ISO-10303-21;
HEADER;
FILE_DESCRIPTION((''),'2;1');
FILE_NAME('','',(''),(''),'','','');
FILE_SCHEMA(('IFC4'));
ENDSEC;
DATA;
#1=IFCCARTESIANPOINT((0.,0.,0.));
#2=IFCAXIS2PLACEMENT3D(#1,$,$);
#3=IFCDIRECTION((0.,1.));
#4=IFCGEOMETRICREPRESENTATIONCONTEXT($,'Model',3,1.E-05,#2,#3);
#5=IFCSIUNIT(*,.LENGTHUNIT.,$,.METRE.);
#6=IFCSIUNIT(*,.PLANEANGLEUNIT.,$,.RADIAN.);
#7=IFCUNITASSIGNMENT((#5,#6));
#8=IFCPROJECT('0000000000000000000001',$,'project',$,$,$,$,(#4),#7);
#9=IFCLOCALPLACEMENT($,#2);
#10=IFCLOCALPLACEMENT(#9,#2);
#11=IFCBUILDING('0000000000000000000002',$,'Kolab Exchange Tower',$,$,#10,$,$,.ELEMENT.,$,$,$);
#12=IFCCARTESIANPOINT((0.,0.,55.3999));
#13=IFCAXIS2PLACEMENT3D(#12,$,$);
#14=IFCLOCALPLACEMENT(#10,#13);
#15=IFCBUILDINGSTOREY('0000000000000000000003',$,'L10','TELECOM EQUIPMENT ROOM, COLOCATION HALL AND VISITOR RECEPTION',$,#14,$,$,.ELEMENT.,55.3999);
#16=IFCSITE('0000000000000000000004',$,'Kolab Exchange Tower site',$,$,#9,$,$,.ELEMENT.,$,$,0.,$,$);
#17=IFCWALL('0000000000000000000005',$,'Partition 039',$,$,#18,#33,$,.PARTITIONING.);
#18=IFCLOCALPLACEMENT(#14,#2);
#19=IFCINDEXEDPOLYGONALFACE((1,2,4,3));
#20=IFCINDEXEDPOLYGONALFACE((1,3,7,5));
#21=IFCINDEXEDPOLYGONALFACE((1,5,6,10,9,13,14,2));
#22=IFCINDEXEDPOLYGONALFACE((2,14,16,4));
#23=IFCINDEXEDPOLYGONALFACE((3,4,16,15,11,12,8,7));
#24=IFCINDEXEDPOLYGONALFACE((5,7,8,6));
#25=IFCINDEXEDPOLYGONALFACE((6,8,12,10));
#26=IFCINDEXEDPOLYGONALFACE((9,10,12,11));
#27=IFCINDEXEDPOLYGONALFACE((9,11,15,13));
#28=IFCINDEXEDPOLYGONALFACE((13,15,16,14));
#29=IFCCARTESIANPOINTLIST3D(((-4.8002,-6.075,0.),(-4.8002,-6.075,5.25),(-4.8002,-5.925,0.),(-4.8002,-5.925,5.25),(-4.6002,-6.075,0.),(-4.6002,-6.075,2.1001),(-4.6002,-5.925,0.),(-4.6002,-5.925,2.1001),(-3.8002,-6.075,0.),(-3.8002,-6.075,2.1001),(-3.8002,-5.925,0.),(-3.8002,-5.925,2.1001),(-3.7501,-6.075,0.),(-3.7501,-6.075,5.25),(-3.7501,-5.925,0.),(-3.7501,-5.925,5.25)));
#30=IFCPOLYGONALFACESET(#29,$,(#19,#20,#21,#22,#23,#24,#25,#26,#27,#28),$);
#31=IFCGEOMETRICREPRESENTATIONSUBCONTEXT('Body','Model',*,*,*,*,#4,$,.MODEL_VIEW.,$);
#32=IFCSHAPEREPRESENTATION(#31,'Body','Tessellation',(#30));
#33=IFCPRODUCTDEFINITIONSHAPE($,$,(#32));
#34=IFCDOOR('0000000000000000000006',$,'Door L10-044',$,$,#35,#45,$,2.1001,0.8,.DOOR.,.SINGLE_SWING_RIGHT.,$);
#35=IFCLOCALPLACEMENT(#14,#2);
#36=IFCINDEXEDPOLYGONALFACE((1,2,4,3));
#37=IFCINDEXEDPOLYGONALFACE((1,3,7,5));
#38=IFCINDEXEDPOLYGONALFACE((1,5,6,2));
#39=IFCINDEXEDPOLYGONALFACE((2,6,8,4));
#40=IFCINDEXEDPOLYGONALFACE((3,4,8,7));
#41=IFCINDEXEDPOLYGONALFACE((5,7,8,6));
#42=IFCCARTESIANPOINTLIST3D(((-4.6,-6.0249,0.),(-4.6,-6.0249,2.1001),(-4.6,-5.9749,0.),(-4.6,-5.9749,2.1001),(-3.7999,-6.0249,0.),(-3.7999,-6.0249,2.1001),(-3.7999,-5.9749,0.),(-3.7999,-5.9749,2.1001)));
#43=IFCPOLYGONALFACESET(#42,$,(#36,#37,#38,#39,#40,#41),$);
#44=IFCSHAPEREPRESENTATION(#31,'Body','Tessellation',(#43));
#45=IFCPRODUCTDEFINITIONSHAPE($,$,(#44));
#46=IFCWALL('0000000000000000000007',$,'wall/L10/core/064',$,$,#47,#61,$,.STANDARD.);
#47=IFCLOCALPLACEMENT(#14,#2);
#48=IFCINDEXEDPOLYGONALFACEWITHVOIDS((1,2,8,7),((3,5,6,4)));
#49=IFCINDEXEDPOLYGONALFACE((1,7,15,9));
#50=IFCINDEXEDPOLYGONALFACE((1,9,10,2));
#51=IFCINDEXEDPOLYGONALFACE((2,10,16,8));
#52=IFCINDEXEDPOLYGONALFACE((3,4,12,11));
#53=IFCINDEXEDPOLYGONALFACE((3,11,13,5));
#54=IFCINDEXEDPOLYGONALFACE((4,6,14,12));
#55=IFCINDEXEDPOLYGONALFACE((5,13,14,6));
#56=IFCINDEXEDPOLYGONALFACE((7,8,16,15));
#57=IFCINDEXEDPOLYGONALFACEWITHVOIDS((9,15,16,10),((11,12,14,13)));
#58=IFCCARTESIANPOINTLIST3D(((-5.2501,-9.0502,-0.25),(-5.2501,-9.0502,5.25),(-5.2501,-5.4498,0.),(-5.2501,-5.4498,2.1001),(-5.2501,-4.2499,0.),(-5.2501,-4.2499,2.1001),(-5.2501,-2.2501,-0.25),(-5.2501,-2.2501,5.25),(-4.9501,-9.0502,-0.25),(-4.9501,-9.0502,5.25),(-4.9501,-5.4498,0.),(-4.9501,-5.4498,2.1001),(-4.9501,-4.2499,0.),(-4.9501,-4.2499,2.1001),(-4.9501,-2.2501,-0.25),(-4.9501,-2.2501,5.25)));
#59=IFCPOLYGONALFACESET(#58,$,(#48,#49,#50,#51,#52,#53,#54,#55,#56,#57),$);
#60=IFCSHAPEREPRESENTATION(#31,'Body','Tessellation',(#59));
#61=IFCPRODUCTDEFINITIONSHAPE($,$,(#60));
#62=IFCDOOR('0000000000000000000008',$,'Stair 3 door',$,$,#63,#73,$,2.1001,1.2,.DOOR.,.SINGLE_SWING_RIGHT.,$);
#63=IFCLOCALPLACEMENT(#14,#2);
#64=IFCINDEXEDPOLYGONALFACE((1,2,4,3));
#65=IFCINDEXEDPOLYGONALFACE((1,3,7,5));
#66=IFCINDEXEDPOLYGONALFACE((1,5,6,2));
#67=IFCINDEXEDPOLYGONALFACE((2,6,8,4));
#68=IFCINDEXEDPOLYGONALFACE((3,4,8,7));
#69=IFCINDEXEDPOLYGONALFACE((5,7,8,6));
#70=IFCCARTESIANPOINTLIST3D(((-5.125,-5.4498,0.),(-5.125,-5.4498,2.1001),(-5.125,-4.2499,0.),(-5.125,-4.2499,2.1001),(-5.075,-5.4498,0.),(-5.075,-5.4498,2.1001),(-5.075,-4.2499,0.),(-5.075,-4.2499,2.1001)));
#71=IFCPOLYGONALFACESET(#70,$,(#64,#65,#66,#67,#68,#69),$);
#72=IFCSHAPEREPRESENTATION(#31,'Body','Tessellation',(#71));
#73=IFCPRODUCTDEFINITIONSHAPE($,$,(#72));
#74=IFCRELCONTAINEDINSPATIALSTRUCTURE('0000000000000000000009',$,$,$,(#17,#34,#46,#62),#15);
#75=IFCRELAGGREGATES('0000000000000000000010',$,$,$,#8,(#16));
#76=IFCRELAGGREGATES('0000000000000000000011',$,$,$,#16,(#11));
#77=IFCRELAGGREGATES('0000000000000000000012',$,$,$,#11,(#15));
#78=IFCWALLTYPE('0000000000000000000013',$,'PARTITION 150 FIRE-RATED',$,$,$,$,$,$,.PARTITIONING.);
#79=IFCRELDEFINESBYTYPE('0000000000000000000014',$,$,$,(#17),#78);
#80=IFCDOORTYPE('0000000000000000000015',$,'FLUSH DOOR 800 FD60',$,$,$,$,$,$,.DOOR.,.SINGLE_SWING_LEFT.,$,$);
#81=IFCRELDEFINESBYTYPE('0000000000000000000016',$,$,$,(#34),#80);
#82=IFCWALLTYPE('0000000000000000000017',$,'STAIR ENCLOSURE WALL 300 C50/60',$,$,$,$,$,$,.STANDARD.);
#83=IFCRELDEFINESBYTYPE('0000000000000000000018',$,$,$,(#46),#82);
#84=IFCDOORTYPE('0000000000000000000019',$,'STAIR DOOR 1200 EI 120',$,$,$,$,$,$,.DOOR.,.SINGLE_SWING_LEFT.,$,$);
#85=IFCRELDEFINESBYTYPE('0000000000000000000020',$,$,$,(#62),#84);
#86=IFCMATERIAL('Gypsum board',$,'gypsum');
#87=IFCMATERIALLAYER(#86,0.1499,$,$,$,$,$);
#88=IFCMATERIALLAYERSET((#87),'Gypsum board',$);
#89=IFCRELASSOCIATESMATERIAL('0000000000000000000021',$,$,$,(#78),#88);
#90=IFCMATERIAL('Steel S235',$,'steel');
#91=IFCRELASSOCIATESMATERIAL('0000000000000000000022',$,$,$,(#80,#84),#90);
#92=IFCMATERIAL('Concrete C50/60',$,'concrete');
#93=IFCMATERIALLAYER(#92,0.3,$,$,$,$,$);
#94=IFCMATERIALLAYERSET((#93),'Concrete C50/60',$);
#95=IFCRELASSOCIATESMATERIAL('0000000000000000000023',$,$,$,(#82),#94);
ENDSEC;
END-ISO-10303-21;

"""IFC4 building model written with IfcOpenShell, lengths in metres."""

from ifc_helpers import new_model, si_unit, direction, frame, frame_2d, origin, place, context, subcontext, project, spatial, rectangle, extrude, material, layer, layer_set, type_object, element, fill, save


model = new_model("IFC4")

# Units and contexts
model_context = context("Model", 3, precision=1e-05, world=origin(), true_north=direction((0.0, 1.0)))
body_context = subcontext(model_context, "Body", "Model", "MODEL_VIEW")
ifc_project = project(units=[si_unit("LENGTHUNIT", "METRE"), si_unit("PLANEANGLEUNIT", "RADIAN")], contexts=[model_context])

# Site, building, storey
site_placement = place(None, origin())
site = spatial("IfcSite", under=ifc_project, at=site_placement, Name="Kolab Exchange Tower site", CompositionType="ELEMENT", RefElevation=0.0)
building_placement = place(site_placement, origin())
building = spatial("IfcBuilding", under=site, at=building_placement, Name="Kolab Exchange Tower", CompositionType="ELEMENT")
storey_placement = place(building_placement, frame((0.0, 0.0, 55.3999)))
storey = spatial("IfcBuildingStorey", under=building, at=storey_placement, Name="L10", Description="TELECOM EQUIPMENT ROOM, COLOCATION HALL AND VISITOR RECEPTION", CompositionType="ELEMENT", Elevation=55.3999)

# Shared definitions
ifc_material_1 = material(Name="Steel S235", Category="steel")
ifc_material_2 = material(Name="Concrete C50/60", Category="concrete")

# Shared definitions
ifc_material_3 = material(Name="Gypsum board", Category="gypsum")
ifc_layer_1 = layer(ifc_material_3, 0.1499)
ifc_layer_set_1 = layer_set([ifc_layer_1], Name="Gypsum board")
wall_type_1 = type_object("IfcWallType", Name="PARTITION 150 FIRE-RATED", PredefinedType="PARTITIONING", material=ifc_layer_set_1)

# Walls, openings, doors
wall_1_placement = place(storey_placement, frame((-4.8, -6.0, 0.0), z_axis=(0.0, 0.0, 1.0), x_axis=(1.0, 0.0, 0.0)))
wall_1 = element("IfcWall", 1, at=wall_1_placement, inside=storey, type_object=wall_type_1, Name="Partition 039", PredefinedType="PARTITIONING", context=body_context, shape_type="SweptSolid", body=[
    extrude(rectangle(XDim=1.05, YDim=0.1499, at=frame_2d((0.5249, 0.0))), origin(), (0.0, 0.0, 1.0), 5.25),
])
opening_1_placement = place(wall_1_placement, frame((0.2, 0.0, 0.0)))
opening_1 = element("IfcOpeningElement", 2, at=opening_1_placement, cuts=wall_1, PredefinedType="OPENING", context=body_context, shape_type="SweptSolid", body=[
    extrude(rectangle(XDim=0.8, YDim=2.1001, at=frame_2d((0.3999, 1.05))), frame((0.0, 0.085, 0.0), z_axis=(0.0, -1.0, 0.0), x_axis=(1.0, 0.0, 0.0)), (0.0, 0.0, 1.0), 0.1699),
])
door_type_1 = type_object("IfcDoorType", Name="FLUSH DOOR 800 FD60", OperationType="SINGLE_SWING_LEFT", PredefinedType="DOOR", material=ifc_material_1)
door_1_placement = place(opening_1_placement, frame((0.8, 0.0, 0.0), z_axis=(0.0, 0.0, 1.0), x_axis=(-1.0, 0.0, 0.0)))
door_1 = element("IfcDoor", 3, at=door_1_placement, inside=storey, type_object=door_type_1, Name="Door L10-044", OperationType="SINGLE_SWING_RIGHT", OverallHeight=2.1001, OverallWidth=0.8, PredefinedType="DOOR", context=body_context, shape_type="SweptSolid", body=[
    extrude(rectangle(XDim=0.8, YDim=2.1001, at=frame_2d((0.3999, 1.05))), frame((0.0, 0.0249, 0.0), z_axis=(0.0, -1.0, 0.0), x_axis=(1.0, 0.0, 0.0)), (0.0, 0.0, 1.0), 0.05),
])
fill(opening_1, door_1)
ifc_layer_2 = layer(ifc_material_2, 0.3)
ifc_layer_set_2 = layer_set([ifc_layer_2], Name="Concrete C50/60")
wall_type_2 = type_object("IfcWallType", Name="STAIR ENCLOSURE WALL 300 C50/60", PredefinedType="STANDARD", material=ifc_layer_set_2)
wall_2_placement = place(storey_placement, frame((-5.1001, -9.05, -0.25), z_axis=(0.0, 0.0, 1.0), x_axis=(0.0, 1.0, 0.0)))
wall_2 = element("IfcWall", 4, at=wall_2_placement, inside=storey, type_object=wall_type_2, Name="wall/L10/core/064", PredefinedType="STANDARD", context=body_context, shape_type="SweptSolid", body=[
    extrude(rectangle(XDim=6.8, YDim=0.3, at=frame_2d((3.3999, 0.0))), origin(), (0.0, 0.0, 1.0), 5.5),
])
opening_2_placement = place(wall_2_placement, frame((3.6001, 0.0, 0.25)))
opening_2 = element("IfcOpeningElement", 5, at=opening_2_placement, cuts=wall_2, PredefinedType="OPENING", context=body_context, shape_type="SweptSolid", body=[
    extrude(rectangle(XDim=1.2, YDim=2.1001, at=frame_2d((0.6001, 1.05))), frame((0.0, 0.1602, 0.0), z_axis=(0.0, -1.0, 0.0), x_axis=(1.0, 0.0, 0.0)), (0.0, 0.0, 1.0), 0.3201),
])
door_type_2 = type_object("IfcDoorType", Name="STAIR DOOR 1200 EI 120", OperationType="SINGLE_SWING_LEFT", PredefinedType="DOOR", material=ifc_material_1)
door_2_placement = place(opening_2_placement, origin())
door_2 = element("IfcDoor", 6, at=door_2_placement, inside=storey, type_object=door_type_2, Name="Stair 3 door", OperationType="SINGLE_SWING_RIGHT", OverallHeight=2.1001, OverallWidth=1.2, PredefinedType="DOOR", context=body_context, shape_type="SweptSolid", body=[
    extrude(rectangle(XDim=1.2, YDim=2.1001, at=frame_2d((0.6001, 1.05))), frame((0.0, 0.0249, 0.0), z_axis=(0.0, -1.0, 0.0), x_axis=(1.0, 0.0, 0.0)), (0.0, 0.0, 1.0), 0.05),
])
fill(opening_2, door_2)

save(model, "model.ifc")
